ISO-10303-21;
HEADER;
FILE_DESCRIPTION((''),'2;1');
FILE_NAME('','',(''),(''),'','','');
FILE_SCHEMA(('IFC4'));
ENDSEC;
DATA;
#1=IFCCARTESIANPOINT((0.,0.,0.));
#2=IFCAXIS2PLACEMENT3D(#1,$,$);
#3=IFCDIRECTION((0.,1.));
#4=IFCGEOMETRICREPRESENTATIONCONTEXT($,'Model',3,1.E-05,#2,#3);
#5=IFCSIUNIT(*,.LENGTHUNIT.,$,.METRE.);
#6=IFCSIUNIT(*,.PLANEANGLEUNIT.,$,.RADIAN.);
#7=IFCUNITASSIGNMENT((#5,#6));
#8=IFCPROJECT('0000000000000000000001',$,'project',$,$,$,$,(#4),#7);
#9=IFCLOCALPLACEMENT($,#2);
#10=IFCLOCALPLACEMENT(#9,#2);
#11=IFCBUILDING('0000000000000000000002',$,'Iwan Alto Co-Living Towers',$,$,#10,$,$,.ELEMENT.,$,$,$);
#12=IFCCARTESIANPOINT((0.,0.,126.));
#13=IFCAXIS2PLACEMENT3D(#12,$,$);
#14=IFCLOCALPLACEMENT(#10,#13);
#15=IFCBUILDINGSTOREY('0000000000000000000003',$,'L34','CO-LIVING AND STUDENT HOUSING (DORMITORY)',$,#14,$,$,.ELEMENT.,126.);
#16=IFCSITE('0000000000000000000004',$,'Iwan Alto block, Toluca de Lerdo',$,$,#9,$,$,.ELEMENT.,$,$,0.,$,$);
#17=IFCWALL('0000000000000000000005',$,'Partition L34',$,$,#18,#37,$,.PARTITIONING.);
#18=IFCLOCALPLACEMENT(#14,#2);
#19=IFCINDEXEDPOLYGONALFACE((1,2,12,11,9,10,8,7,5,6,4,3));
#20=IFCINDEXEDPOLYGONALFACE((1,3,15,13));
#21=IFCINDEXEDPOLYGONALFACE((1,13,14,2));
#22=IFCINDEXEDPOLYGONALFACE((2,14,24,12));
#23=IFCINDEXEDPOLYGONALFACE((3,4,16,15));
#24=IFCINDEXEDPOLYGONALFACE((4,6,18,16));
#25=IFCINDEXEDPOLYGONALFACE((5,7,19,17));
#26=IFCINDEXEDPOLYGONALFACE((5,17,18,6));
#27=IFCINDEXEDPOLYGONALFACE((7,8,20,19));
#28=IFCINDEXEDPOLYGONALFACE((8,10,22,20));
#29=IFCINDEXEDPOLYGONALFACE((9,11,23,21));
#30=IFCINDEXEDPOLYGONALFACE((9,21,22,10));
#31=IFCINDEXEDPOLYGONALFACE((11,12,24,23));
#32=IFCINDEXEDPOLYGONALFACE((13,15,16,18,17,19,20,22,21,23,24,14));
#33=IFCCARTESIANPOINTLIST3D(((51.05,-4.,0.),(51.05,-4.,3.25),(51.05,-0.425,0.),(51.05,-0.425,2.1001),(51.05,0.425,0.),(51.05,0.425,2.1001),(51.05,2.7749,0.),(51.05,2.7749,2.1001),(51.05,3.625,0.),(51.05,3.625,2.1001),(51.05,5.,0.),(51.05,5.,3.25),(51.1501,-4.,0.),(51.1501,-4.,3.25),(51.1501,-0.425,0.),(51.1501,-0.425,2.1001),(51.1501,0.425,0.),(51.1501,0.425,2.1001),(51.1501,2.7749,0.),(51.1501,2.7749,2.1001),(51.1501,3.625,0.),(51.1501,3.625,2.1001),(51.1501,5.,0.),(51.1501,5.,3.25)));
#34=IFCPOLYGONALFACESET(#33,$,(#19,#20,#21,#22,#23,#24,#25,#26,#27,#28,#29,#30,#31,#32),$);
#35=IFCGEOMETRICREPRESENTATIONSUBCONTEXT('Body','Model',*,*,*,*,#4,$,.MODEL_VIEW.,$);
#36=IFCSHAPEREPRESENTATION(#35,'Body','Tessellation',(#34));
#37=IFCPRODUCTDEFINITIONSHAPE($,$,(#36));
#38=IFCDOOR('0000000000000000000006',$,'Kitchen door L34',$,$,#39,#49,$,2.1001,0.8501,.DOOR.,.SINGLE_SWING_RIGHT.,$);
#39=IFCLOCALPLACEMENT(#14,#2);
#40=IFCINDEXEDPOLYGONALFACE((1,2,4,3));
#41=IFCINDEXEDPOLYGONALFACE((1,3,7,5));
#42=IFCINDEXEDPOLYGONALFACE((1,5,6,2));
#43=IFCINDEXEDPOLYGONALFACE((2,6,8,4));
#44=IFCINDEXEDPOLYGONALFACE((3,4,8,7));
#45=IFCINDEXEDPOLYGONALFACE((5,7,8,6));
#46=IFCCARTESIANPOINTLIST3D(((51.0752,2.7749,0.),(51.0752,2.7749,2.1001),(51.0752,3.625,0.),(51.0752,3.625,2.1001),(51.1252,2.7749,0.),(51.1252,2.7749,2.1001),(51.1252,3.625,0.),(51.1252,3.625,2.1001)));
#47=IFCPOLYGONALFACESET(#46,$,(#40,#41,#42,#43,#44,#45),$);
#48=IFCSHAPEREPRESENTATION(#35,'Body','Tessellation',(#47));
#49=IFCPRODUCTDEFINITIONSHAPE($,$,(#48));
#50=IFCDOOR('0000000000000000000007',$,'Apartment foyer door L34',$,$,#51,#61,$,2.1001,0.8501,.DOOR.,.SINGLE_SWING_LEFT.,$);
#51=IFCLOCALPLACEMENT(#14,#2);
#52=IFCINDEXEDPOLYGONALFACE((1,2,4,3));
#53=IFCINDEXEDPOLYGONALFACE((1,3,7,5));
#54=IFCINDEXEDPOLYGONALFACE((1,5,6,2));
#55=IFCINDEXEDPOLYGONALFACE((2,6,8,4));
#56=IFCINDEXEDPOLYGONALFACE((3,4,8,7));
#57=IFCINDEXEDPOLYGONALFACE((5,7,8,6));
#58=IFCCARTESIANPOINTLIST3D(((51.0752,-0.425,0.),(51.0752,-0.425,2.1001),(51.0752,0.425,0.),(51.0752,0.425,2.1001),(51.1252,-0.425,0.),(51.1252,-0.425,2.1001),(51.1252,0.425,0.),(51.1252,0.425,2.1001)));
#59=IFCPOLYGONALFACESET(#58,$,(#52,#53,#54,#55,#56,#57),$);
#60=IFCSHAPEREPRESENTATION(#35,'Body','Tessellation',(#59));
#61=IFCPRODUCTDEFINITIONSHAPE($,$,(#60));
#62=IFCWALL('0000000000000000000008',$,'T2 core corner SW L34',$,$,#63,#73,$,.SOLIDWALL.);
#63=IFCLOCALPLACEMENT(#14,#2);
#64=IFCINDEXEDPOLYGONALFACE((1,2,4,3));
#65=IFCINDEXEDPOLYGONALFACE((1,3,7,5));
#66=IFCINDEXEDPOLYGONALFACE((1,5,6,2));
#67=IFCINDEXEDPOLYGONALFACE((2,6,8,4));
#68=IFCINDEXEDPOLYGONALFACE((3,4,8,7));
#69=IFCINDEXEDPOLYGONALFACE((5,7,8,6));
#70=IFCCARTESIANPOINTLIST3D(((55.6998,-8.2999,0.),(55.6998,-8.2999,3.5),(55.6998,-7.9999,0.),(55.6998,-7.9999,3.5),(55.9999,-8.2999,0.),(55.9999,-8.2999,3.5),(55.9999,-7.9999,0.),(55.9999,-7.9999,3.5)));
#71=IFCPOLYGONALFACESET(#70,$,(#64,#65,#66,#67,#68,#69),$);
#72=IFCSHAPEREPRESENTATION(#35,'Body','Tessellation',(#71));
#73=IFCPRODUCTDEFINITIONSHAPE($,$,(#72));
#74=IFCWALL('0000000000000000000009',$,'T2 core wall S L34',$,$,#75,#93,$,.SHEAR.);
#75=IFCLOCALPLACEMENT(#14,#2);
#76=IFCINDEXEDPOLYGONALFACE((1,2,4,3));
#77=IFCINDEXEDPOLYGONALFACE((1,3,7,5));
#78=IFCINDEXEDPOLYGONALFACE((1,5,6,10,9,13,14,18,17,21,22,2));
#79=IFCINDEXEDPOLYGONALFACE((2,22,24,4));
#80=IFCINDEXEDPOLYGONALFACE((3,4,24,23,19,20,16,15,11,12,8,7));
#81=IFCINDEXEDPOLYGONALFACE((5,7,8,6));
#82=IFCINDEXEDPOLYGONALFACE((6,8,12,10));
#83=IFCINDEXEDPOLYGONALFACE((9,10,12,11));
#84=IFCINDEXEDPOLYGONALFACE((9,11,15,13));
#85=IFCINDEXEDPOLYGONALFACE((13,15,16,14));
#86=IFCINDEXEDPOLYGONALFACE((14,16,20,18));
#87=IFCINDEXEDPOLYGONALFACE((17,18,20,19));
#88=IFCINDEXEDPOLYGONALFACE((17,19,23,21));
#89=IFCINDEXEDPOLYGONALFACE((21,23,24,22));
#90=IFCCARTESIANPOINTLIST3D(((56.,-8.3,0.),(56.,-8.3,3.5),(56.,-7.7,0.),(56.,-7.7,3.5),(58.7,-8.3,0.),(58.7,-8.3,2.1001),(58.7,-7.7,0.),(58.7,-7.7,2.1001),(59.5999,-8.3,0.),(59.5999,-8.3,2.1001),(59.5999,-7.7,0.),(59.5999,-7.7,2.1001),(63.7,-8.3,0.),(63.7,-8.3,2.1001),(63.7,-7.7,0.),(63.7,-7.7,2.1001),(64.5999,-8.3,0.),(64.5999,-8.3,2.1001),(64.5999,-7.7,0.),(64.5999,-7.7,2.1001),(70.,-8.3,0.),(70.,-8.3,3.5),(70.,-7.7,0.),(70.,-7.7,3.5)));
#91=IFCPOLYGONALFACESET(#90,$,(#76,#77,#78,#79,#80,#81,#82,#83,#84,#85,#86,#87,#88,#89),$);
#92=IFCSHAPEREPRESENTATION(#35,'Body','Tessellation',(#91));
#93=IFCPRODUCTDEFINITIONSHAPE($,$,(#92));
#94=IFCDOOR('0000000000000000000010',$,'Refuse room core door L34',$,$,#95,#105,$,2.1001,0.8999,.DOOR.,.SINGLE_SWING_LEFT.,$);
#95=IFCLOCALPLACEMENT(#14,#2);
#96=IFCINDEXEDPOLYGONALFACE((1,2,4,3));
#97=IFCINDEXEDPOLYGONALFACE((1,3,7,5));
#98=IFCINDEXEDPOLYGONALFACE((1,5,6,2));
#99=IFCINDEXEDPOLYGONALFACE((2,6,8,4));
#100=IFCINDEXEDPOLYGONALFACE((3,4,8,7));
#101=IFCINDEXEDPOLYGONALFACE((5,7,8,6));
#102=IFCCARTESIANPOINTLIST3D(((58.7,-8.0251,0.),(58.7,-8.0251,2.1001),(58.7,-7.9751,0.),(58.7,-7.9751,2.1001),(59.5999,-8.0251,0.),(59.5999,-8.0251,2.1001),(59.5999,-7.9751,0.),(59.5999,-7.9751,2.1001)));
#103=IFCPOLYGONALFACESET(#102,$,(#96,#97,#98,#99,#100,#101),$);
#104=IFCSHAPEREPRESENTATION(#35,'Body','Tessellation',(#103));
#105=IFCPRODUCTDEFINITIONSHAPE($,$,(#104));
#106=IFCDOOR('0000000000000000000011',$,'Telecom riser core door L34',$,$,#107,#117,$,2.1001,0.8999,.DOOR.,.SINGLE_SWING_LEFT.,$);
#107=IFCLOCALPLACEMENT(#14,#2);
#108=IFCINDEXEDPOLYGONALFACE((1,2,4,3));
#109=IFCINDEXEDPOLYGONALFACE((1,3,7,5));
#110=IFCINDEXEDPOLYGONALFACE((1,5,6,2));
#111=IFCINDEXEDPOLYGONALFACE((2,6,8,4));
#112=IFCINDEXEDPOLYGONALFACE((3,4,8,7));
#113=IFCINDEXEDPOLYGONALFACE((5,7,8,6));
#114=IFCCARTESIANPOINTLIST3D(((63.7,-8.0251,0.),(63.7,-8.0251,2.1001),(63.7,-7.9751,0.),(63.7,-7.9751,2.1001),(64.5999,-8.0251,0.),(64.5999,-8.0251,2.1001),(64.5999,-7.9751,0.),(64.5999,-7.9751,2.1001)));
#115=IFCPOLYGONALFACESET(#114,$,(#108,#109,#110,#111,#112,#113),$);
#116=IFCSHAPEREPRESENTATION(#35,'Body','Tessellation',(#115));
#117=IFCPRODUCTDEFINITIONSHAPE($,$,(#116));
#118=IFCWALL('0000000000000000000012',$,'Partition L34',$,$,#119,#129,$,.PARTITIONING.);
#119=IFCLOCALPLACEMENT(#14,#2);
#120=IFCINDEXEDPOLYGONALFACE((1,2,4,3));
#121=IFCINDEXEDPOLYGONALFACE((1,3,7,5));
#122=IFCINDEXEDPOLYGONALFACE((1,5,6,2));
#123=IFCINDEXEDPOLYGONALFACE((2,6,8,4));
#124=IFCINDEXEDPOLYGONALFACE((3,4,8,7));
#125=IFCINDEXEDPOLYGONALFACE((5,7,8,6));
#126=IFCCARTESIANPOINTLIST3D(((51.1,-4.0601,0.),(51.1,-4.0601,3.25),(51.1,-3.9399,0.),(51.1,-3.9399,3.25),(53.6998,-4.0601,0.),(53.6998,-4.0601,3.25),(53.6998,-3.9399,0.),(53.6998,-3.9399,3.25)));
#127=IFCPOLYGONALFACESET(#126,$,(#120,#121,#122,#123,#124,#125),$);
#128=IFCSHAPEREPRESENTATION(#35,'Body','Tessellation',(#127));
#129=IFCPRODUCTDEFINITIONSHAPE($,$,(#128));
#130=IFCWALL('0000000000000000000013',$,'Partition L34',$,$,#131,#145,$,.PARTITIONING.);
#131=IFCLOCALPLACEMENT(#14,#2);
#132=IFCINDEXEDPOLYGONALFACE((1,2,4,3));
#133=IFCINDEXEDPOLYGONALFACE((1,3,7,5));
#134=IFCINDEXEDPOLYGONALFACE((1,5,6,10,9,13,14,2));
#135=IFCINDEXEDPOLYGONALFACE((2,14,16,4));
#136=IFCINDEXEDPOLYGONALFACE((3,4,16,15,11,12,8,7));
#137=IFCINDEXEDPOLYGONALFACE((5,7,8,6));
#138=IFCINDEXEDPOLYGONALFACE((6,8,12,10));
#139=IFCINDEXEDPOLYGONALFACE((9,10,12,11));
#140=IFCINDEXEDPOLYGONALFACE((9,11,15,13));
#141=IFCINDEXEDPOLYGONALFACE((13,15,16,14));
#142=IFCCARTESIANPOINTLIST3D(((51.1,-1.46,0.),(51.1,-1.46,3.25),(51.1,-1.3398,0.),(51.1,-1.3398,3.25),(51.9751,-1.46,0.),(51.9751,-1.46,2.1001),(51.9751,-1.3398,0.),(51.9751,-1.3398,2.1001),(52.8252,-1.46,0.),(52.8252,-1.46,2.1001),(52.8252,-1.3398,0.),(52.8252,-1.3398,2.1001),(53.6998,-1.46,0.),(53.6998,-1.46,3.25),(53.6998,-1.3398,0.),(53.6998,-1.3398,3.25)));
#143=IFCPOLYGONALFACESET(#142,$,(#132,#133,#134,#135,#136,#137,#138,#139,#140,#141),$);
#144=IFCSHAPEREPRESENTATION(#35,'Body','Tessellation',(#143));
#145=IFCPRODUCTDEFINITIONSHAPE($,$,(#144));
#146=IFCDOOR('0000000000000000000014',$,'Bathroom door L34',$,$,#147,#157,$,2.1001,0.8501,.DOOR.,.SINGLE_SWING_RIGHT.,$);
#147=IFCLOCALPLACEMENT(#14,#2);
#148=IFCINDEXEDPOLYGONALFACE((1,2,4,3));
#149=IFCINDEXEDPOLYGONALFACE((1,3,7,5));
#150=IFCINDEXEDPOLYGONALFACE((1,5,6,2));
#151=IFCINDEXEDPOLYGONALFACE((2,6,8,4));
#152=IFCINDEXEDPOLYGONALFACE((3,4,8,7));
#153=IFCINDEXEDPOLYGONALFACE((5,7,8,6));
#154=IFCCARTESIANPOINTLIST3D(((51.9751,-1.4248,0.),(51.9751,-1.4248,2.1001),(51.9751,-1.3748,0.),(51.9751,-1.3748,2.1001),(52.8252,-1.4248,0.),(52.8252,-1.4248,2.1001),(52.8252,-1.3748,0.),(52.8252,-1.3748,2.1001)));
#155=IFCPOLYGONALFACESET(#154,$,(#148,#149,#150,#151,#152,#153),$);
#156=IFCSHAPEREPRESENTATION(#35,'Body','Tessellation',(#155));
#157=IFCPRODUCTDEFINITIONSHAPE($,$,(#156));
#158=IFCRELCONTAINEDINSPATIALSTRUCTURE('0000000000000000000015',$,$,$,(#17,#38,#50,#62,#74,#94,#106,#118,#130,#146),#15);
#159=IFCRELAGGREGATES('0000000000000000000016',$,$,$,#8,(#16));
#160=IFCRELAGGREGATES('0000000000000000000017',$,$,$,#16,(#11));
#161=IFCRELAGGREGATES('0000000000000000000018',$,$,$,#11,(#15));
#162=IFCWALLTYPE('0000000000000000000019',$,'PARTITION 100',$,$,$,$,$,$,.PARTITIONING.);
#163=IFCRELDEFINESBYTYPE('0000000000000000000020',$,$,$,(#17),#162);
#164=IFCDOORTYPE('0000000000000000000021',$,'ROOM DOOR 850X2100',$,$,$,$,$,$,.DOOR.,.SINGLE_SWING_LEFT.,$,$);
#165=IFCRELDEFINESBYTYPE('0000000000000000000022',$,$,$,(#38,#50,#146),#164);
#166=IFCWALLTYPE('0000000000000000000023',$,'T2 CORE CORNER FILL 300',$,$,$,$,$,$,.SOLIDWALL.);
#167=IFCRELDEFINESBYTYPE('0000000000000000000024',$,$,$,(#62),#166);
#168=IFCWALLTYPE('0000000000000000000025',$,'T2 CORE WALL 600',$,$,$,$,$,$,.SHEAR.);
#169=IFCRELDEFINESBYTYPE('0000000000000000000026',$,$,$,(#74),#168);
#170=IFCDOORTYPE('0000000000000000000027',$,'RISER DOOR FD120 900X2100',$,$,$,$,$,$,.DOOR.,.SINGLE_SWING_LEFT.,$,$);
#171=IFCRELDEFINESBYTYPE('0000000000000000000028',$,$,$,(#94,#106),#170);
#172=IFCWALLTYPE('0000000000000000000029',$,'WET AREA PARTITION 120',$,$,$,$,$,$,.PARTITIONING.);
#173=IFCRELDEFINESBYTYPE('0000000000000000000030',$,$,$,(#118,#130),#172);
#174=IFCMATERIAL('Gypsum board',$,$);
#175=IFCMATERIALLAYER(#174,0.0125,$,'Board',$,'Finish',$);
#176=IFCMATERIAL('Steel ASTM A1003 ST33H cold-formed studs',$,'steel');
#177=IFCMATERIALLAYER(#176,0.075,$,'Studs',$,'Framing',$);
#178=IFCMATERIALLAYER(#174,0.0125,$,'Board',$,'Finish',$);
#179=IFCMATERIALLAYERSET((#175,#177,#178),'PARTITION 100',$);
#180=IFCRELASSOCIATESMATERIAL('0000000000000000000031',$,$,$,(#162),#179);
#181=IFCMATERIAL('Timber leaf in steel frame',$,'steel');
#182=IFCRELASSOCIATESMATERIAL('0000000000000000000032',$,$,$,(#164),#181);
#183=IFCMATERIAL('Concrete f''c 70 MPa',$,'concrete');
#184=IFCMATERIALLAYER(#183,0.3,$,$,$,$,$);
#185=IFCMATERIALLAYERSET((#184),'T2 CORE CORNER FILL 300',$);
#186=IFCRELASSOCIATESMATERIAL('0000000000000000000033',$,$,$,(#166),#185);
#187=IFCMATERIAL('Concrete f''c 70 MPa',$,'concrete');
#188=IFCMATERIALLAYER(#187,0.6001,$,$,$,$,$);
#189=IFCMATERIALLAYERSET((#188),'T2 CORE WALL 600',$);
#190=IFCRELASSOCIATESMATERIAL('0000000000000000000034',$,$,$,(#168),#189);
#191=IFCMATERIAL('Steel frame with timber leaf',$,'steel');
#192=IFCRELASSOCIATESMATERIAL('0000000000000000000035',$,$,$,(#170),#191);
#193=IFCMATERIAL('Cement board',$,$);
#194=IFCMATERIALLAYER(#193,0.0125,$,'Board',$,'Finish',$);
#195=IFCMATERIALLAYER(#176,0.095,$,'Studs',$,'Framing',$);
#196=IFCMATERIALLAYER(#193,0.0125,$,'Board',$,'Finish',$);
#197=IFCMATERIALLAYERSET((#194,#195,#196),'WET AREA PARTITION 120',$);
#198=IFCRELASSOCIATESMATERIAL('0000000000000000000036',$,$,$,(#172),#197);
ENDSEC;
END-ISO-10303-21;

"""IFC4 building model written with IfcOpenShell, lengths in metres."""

from ifc_helpers import new_model, si_unit, direction, frame, frame_2d, origin, place, context, subcontext, project, spatial, rectangle, extrude, material, layer, layer_set, type_object, element, fill, save


model = new_model("IFC4")

# Units and contexts
model_context = context("Model", 3, precision=1e-05, world=origin(), true_north=direction((0.0, 1.0)))
body_context = subcontext(model_context, "Body", "Model", "MODEL_VIEW")
ifc_project = project(units=[si_unit("LENGTHUNIT", "METRE"), si_unit("PLANEANGLEUNIT", "RADIAN")], contexts=[model_context])

# Site, building, storey
site_placement = place(None, origin())
site = spatial("IfcSite", under=ifc_project, at=site_placement, Name="Iwan Alto block, Toluca de Lerdo", CompositionType="ELEMENT", RefElevation=0.0)
building_placement = place(site_placement, origin())
building = spatial("IfcBuilding", under=site, at=building_placement, Name="Iwan Alto Co-Living Towers", CompositionType="ELEMENT")
storey_placement = place(building_placement, frame((0.0, 0.0, 126.0)))
storey = spatial("IfcBuildingStorey", under=building, at=storey_placement, Name="L34", Description="CO-LIVING AND STUDENT HOUSING (DORMITORY)", CompositionType="ELEMENT", Elevation=126.0)

# Shared definitions
ifc_material_1 = material(Name="Gypsum board")
ifc_material_2 = material(Name="Steel ASTM A1003 ST33H cold-formed studs", Category="steel")
ifc_layer_1 = layer(ifc_material_1, 0.0125, Name="Board", Category="Finish")
ifc_layer_2 = layer(ifc_material_2, 0.075, Name="Studs", Category="Framing")
ifc_layer_3 = layer(ifc_material_1, 0.0125, Name="Board", Category="Finish")
ifc_layer_set_1 = layer_set([ifc_layer_1, ifc_layer_2, ifc_layer_3], Name="PARTITION 100")
wall_type_1 = type_object("IfcWallType", Name="PARTITION 100", PredefinedType="PARTITIONING", material=ifc_layer_set_1)
ifc_material_3 = material(Name="Timber leaf in steel frame", Category="steel")
door_type_1 = type_object("IfcDoorType", Name="ROOM DOOR 850X2100", OperationType="SINGLE_SWING_LEFT", PredefinedType="DOOR", material=ifc_material_3)

# Wall, openings, doors
wall_1_placement = place(storey_placement, frame((51.1001, -4.0, 0.0), z_axis=(0.0, 0.0, 1.0), x_axis=(0.0, 1.0, 0.0)))
wall_1 = element("IfcWall", 1, at=wall_1_placement, inside=storey, type_object=wall_type_1, Name="Partition L34", PredefinedType="PARTITIONING", context=body_context, shape_type="SweptSolid", body=[
    extrude(rectangle(XDim=9.0, YDim=0.1001, at=frame_2d((4.5, 0.0))), origin(), (0.0, 0.0, 1.0), 3.25),
])
opening_1_placement = place(wall_1_placement, frame((6.7749, 0.0, 0.0)))
opening_1 = element("IfcOpeningElement", 2, at=opening_1_placement, cuts=wall_1, PredefinedType="OPENING", context=body_context, shape_type="SweptSolid", body=[
    extrude(rectangle(XDim=0.8501, YDim=2.1001, at=frame_2d((0.425, 1.05))), frame((0.0, 0.0601, 0.0), z_axis=(0.0, -1.0, 0.0), x_axis=(1.0, 0.0, 0.0)), (0.0, 0.0, 1.0), 0.1201),
])
opening_2_placement = place(wall_1_placement, frame((3.575, 0.0, 0.0)))
opening_2 = element("IfcOpeningElement", 3, at=opening_2_placement, cuts=wall_1, PredefinedType="OPENING", context=body_context, shape_type="SweptSolid", body=[
    extrude(rectangle(XDim=0.8501, YDim=2.1001, at=frame_2d((0.425, 1.05))), frame((0.0, 0.0601, 0.0), z_axis=(0.0, -1.0, 0.0), x_axis=(1.0, 0.0, 0.0)), (0.0, 0.0, 1.0), 0.1201),
])
door_1_placement = place(opening_1_placement, origin())
door_1 = element("IfcDoor", 4, at=door_1_placement, inside=storey, type_object=door_type_1, Name="Kitchen door L34", OperationType="SINGLE_SWING_RIGHT", OverallHeight=2.1001, OverallWidth=0.8501, PredefinedType="DOOR", context=body_context, shape_type="SweptSolid", body=[
    extrude(rectangle(XDim=0.8501, YDim=2.1001, at=frame_2d((0.425, 1.05))), frame((0.0, 0.0249, 0.0), z_axis=(0.0, -1.0, 0.0), x_axis=(1.0, 0.0, 0.0)), (0.0, 0.0, 1.0), 0.05),
])
fill(opening_1, door_1)
door_2_placement = place(opening_2_placement, origin())
door_2 = element("IfcDoor", 5, at=door_2_placement, inside=storey, type_object=door_type_1, Name="Apartment foyer door L34", OperationType="SINGLE_SWING_LEFT", OverallHeight=2.1001, OverallWidth=0.8501, PredefinedType="DOOR", context=body_context, shape_type="SweptSolid", body=[
    extrude(rectangle(XDim=0.8501, YDim=2.1001, at=frame_2d((0.425, 1.05))), frame((0.0, 0.0249, 0.0), z_axis=(0.0, -1.0, 0.0), x_axis=(1.0, 0.0, 0.0)), (0.0, 0.0, 1.0), 0.05),
])
fill(opening_2, door_2)

# Wall
ifc_material_4 = material(Name="Concrete f'c 70 MPa", Category="concrete")
ifc_layer_4 = layer(ifc_material_4, 0.3)
ifc_layer_set_2 = layer_set([ifc_layer_4], Name="T2 CORE CORNER FILL 300")
wall_type_2 = type_object("IfcWallType", Name="T2 CORE CORNER FILL 300", PredefinedType="SOLIDWALL", material=ifc_layer_set_2)
wall_2_placement = place(storey_placement, frame((55.7, -8.1499, 0.0), z_axis=(0.0, 0.0, 1.0), x_axis=(1.0, 0.0, 0.0)))
element("IfcWall", 6, at=wall_2_placement, inside=storey, type_object=wall_type_2, Name="T2 core corner SW L34", PredefinedType="SOLIDWALL", context=body_context, shape_type="SweptSolid", body=[
    extrude(rectangle(XDim=0.3, YDim=0.3, at=frame_2d((0.1499, 0.0))), origin(), (0.0, 0.0, 1.0), 3.5),
])

# Wall, openings, doors
ifc_material_5 = material(Name="Concrete f'c 70 MPa", Category="concrete")
ifc_layer_5 = layer(ifc_material_5, 0.6001)
ifc_layer_set_3 = layer_set([ifc_layer_5], Name="T2 CORE WALL 600")
wall_type_3 = type_object("IfcWallType", Name="T2 CORE WALL 600", PredefinedType="SHEAR", material=ifc_layer_set_3)
wall_3_placement = place(storey_placement, frame((56.0, -8.0, 0.0), z_axis=(0.0, 0.0, 1.0), x_axis=(1.0, 0.0, 0.0)))
wall_3 = element("IfcWall", 7, at=wall_3_placement, inside=storey, type_object=wall_type_3, Name="T2 core wall S L34", PredefinedType="SHEAR", context=body_context, shape_type="SweptSolid", body=[
    extrude(rectangle(XDim=14.0, YDim=0.6001, at=frame_2d((7.0, 0.0))), origin(), (0.0, 0.0, 1.0), 3.5),
])
opening_3_placement = place(wall_3_placement, frame((2.7, 0.0, 0.0)))
opening_3 = element("IfcOpeningElement", 8, at=opening_3_placement, cuts=wall_3, PredefinedType="OPENING", context=body_context, shape_type="SweptSolid", body=[
    extrude(rectangle(XDim=0.8999, YDim=2.1001, at=frame_2d((0.45, 1.05))), frame((0.0, 0.3101, 0.0), z_axis=(0.0, -1.0, 0.0), x_axis=(1.0, 0.0, 0.0)), (0.0, 0.0, 1.0), 0.6201),
])
opening_4_placement = place(wall_3_placement, frame((7.7, 0.0, 0.0)))
opening_4 = element("IfcOpeningElement", 9, at=opening_4_placement, cuts=wall_3, PredefinedType="OPENING", context=body_context, shape_type="SweptSolid", body=[
    extrude(rectangle(XDim=0.8999, YDim=2.1001, at=frame_2d((0.45, 1.05))), frame((0.0, 0.3101, 0.0), z_axis=(0.0, -1.0, 0.0), x_axis=(1.0, 0.0, 0.0)), (0.0, 0.0, 1.0), 0.6201),
])
ifc_material_6 = material(Name="Steel frame with timber leaf", Category="steel")
door_type_2 = type_object("IfcDoorType", Name="RISER DOOR FD120 900X2100", OperationType="SINGLE_SWING_LEFT", PredefinedType="DOOR", material=ifc_material_6)
door_3_placement = place(opening_3_placement, origin())
door_3 = element("IfcDoor", 10, at=door_3_placement, inside=storey, type_object=door_type_2, Name="Refuse room core door L34", OperationType="SINGLE_SWING_LEFT", OverallHeight=2.1001, OverallWidth=0.8999, PredefinedType="DOOR", context=body_context, shape_type="SweptSolid", body=[
    extrude(rectangle(XDim=0.8999, YDim=2.1001, at=frame_2d((0.45, 1.05))), frame((0.0, 0.0249, 0.0), z_axis=(0.0, -1.0, 0.0), x_axis=(1.0, 0.0, 0.0)), (0.0, 0.0, 1.0), 0.05),
])
fill(opening_3, door_3)
door_4_placement = place(opening_4_placement, origin())
door_4 = element("IfcDoor", 11, at=door_4_placement, inside=storey, type_object=door_type_2, Name="Telecom riser core door L34", OperationType="SINGLE_SWING_LEFT", OverallHeight=2.1001, OverallWidth=0.8999, PredefinedType="DOOR", context=body_context, shape_type="SweptSolid", body=[
    extrude(rectangle(XDim=0.8999, YDim=2.1001, at=frame_2d((0.45, 1.05))), frame((0.0, 0.0249, 0.0), z_axis=(0.0, -1.0, 0.0), x_axis=(1.0, 0.0, 0.0)), (0.0, 0.0, 1.0), 0.05),
])
fill(opening_4, door_4)

# Wall
ifc_material_7 = material(Name="Cement board")
ifc_layer_6 = layer(ifc_material_7, 0.0125, Name="Board", Category="Finish")
ifc_layer_7 = layer(ifc_material_2, 0.095, Name="Studs", Category="Framing")
ifc_layer_8 = layer(ifc_material_7, 0.0125, Name="Board", Category="Finish")
ifc_layer_set_4 = layer_set([ifc_layer_6, ifc_layer_7, ifc_layer_8], Name="WET AREA PARTITION 120")
wall_type_4 = type_object("IfcWallType", Name="WET AREA PARTITION 120", PredefinedType="PARTITIONING", material=ifc_layer_set_4)
wall_4_placement = place(storey_placement, frame((51.1001, -4.0, 0.0), z_axis=(0.0, 0.0, 1.0), x_axis=(1.0, 0.0, 0.0)))
element("IfcWall", 12, at=wall_4_placement, inside=storey, type_object=wall_type_4, Name="Partition L34", PredefinedType="PARTITIONING", context=body_context, shape_type="SweptSolid", body=[
    extrude(rectangle(XDim=2.5999, YDim=0.1201, at=frame_2d((1.2998, 0.0))), origin(), (0.0, 0.0, 1.0), 3.25),
])

# Wall, opening, door
wall_5_placement = place(storey_placement, frame((51.1001, -1.3999, 0.0), z_axis=(0.0, 0.0, 1.0), x_axis=(1.0, 0.0, 0.0)))
wall_5 = element("IfcWall", 13, at=wall_5_placement, inside=storey, type_object=wall_type_4, Name="Partition L34", PredefinedType="PARTITIONING", context=body_context, shape_type="SweptSolid", body=[
    extrude(rectangle(XDim=2.5999, YDim=0.1201, at=frame_2d((1.2998, 0.0))), origin(), (0.0, 0.0, 1.0), 3.25),
])
opening_5_placement = place(wall_5_placement, frame((0.875, 0.0, 0.0)))
opening_5 = element("IfcOpeningElement", 14, at=opening_5_placement, cuts=wall_5, PredefinedType="OPENING", context=body_context, shape_type="SweptSolid", body=[
    extrude(rectangle(XDim=0.8501, YDim=2.1001, at=frame_2d((0.425, 1.05))), frame((0.0, 0.0701, 0.0), z_axis=(0.0, -1.0, 0.0), x_axis=(1.0, 0.0, 0.0)), (0.0, 0.0, 1.0), 0.1401),
])
door_5_placement = place(opening_5_placement, frame((0.8501, 0.0, 0.0), z_axis=(0.0, 0.0, 1.0), x_axis=(-1.0, 0.0, 0.0)))
door_5 = element("IfcDoor", 15, at=door_5_placement, inside=storey, type_object=door_type_1, Name="Bathroom door L34", OperationType="SINGLE_SWING_RIGHT", OverallHeight=2.1001, OverallWidth=0.8501, PredefinedType="DOOR", context=body_context, shape_type="SweptSolid", body=[
    extrude(rectangle(XDim=0.8501, YDim=2.1001, at=frame_2d((0.425, 1.05))), frame((0.0, 0.0249, 0.0), z_axis=(0.0, -1.0, 0.0), x_axis=(1.0, 0.0, 0.0)), (0.0, 0.0, 1.0), 0.05),
])
fill(opening_5, door_5)

save(model, "model.ifc")
